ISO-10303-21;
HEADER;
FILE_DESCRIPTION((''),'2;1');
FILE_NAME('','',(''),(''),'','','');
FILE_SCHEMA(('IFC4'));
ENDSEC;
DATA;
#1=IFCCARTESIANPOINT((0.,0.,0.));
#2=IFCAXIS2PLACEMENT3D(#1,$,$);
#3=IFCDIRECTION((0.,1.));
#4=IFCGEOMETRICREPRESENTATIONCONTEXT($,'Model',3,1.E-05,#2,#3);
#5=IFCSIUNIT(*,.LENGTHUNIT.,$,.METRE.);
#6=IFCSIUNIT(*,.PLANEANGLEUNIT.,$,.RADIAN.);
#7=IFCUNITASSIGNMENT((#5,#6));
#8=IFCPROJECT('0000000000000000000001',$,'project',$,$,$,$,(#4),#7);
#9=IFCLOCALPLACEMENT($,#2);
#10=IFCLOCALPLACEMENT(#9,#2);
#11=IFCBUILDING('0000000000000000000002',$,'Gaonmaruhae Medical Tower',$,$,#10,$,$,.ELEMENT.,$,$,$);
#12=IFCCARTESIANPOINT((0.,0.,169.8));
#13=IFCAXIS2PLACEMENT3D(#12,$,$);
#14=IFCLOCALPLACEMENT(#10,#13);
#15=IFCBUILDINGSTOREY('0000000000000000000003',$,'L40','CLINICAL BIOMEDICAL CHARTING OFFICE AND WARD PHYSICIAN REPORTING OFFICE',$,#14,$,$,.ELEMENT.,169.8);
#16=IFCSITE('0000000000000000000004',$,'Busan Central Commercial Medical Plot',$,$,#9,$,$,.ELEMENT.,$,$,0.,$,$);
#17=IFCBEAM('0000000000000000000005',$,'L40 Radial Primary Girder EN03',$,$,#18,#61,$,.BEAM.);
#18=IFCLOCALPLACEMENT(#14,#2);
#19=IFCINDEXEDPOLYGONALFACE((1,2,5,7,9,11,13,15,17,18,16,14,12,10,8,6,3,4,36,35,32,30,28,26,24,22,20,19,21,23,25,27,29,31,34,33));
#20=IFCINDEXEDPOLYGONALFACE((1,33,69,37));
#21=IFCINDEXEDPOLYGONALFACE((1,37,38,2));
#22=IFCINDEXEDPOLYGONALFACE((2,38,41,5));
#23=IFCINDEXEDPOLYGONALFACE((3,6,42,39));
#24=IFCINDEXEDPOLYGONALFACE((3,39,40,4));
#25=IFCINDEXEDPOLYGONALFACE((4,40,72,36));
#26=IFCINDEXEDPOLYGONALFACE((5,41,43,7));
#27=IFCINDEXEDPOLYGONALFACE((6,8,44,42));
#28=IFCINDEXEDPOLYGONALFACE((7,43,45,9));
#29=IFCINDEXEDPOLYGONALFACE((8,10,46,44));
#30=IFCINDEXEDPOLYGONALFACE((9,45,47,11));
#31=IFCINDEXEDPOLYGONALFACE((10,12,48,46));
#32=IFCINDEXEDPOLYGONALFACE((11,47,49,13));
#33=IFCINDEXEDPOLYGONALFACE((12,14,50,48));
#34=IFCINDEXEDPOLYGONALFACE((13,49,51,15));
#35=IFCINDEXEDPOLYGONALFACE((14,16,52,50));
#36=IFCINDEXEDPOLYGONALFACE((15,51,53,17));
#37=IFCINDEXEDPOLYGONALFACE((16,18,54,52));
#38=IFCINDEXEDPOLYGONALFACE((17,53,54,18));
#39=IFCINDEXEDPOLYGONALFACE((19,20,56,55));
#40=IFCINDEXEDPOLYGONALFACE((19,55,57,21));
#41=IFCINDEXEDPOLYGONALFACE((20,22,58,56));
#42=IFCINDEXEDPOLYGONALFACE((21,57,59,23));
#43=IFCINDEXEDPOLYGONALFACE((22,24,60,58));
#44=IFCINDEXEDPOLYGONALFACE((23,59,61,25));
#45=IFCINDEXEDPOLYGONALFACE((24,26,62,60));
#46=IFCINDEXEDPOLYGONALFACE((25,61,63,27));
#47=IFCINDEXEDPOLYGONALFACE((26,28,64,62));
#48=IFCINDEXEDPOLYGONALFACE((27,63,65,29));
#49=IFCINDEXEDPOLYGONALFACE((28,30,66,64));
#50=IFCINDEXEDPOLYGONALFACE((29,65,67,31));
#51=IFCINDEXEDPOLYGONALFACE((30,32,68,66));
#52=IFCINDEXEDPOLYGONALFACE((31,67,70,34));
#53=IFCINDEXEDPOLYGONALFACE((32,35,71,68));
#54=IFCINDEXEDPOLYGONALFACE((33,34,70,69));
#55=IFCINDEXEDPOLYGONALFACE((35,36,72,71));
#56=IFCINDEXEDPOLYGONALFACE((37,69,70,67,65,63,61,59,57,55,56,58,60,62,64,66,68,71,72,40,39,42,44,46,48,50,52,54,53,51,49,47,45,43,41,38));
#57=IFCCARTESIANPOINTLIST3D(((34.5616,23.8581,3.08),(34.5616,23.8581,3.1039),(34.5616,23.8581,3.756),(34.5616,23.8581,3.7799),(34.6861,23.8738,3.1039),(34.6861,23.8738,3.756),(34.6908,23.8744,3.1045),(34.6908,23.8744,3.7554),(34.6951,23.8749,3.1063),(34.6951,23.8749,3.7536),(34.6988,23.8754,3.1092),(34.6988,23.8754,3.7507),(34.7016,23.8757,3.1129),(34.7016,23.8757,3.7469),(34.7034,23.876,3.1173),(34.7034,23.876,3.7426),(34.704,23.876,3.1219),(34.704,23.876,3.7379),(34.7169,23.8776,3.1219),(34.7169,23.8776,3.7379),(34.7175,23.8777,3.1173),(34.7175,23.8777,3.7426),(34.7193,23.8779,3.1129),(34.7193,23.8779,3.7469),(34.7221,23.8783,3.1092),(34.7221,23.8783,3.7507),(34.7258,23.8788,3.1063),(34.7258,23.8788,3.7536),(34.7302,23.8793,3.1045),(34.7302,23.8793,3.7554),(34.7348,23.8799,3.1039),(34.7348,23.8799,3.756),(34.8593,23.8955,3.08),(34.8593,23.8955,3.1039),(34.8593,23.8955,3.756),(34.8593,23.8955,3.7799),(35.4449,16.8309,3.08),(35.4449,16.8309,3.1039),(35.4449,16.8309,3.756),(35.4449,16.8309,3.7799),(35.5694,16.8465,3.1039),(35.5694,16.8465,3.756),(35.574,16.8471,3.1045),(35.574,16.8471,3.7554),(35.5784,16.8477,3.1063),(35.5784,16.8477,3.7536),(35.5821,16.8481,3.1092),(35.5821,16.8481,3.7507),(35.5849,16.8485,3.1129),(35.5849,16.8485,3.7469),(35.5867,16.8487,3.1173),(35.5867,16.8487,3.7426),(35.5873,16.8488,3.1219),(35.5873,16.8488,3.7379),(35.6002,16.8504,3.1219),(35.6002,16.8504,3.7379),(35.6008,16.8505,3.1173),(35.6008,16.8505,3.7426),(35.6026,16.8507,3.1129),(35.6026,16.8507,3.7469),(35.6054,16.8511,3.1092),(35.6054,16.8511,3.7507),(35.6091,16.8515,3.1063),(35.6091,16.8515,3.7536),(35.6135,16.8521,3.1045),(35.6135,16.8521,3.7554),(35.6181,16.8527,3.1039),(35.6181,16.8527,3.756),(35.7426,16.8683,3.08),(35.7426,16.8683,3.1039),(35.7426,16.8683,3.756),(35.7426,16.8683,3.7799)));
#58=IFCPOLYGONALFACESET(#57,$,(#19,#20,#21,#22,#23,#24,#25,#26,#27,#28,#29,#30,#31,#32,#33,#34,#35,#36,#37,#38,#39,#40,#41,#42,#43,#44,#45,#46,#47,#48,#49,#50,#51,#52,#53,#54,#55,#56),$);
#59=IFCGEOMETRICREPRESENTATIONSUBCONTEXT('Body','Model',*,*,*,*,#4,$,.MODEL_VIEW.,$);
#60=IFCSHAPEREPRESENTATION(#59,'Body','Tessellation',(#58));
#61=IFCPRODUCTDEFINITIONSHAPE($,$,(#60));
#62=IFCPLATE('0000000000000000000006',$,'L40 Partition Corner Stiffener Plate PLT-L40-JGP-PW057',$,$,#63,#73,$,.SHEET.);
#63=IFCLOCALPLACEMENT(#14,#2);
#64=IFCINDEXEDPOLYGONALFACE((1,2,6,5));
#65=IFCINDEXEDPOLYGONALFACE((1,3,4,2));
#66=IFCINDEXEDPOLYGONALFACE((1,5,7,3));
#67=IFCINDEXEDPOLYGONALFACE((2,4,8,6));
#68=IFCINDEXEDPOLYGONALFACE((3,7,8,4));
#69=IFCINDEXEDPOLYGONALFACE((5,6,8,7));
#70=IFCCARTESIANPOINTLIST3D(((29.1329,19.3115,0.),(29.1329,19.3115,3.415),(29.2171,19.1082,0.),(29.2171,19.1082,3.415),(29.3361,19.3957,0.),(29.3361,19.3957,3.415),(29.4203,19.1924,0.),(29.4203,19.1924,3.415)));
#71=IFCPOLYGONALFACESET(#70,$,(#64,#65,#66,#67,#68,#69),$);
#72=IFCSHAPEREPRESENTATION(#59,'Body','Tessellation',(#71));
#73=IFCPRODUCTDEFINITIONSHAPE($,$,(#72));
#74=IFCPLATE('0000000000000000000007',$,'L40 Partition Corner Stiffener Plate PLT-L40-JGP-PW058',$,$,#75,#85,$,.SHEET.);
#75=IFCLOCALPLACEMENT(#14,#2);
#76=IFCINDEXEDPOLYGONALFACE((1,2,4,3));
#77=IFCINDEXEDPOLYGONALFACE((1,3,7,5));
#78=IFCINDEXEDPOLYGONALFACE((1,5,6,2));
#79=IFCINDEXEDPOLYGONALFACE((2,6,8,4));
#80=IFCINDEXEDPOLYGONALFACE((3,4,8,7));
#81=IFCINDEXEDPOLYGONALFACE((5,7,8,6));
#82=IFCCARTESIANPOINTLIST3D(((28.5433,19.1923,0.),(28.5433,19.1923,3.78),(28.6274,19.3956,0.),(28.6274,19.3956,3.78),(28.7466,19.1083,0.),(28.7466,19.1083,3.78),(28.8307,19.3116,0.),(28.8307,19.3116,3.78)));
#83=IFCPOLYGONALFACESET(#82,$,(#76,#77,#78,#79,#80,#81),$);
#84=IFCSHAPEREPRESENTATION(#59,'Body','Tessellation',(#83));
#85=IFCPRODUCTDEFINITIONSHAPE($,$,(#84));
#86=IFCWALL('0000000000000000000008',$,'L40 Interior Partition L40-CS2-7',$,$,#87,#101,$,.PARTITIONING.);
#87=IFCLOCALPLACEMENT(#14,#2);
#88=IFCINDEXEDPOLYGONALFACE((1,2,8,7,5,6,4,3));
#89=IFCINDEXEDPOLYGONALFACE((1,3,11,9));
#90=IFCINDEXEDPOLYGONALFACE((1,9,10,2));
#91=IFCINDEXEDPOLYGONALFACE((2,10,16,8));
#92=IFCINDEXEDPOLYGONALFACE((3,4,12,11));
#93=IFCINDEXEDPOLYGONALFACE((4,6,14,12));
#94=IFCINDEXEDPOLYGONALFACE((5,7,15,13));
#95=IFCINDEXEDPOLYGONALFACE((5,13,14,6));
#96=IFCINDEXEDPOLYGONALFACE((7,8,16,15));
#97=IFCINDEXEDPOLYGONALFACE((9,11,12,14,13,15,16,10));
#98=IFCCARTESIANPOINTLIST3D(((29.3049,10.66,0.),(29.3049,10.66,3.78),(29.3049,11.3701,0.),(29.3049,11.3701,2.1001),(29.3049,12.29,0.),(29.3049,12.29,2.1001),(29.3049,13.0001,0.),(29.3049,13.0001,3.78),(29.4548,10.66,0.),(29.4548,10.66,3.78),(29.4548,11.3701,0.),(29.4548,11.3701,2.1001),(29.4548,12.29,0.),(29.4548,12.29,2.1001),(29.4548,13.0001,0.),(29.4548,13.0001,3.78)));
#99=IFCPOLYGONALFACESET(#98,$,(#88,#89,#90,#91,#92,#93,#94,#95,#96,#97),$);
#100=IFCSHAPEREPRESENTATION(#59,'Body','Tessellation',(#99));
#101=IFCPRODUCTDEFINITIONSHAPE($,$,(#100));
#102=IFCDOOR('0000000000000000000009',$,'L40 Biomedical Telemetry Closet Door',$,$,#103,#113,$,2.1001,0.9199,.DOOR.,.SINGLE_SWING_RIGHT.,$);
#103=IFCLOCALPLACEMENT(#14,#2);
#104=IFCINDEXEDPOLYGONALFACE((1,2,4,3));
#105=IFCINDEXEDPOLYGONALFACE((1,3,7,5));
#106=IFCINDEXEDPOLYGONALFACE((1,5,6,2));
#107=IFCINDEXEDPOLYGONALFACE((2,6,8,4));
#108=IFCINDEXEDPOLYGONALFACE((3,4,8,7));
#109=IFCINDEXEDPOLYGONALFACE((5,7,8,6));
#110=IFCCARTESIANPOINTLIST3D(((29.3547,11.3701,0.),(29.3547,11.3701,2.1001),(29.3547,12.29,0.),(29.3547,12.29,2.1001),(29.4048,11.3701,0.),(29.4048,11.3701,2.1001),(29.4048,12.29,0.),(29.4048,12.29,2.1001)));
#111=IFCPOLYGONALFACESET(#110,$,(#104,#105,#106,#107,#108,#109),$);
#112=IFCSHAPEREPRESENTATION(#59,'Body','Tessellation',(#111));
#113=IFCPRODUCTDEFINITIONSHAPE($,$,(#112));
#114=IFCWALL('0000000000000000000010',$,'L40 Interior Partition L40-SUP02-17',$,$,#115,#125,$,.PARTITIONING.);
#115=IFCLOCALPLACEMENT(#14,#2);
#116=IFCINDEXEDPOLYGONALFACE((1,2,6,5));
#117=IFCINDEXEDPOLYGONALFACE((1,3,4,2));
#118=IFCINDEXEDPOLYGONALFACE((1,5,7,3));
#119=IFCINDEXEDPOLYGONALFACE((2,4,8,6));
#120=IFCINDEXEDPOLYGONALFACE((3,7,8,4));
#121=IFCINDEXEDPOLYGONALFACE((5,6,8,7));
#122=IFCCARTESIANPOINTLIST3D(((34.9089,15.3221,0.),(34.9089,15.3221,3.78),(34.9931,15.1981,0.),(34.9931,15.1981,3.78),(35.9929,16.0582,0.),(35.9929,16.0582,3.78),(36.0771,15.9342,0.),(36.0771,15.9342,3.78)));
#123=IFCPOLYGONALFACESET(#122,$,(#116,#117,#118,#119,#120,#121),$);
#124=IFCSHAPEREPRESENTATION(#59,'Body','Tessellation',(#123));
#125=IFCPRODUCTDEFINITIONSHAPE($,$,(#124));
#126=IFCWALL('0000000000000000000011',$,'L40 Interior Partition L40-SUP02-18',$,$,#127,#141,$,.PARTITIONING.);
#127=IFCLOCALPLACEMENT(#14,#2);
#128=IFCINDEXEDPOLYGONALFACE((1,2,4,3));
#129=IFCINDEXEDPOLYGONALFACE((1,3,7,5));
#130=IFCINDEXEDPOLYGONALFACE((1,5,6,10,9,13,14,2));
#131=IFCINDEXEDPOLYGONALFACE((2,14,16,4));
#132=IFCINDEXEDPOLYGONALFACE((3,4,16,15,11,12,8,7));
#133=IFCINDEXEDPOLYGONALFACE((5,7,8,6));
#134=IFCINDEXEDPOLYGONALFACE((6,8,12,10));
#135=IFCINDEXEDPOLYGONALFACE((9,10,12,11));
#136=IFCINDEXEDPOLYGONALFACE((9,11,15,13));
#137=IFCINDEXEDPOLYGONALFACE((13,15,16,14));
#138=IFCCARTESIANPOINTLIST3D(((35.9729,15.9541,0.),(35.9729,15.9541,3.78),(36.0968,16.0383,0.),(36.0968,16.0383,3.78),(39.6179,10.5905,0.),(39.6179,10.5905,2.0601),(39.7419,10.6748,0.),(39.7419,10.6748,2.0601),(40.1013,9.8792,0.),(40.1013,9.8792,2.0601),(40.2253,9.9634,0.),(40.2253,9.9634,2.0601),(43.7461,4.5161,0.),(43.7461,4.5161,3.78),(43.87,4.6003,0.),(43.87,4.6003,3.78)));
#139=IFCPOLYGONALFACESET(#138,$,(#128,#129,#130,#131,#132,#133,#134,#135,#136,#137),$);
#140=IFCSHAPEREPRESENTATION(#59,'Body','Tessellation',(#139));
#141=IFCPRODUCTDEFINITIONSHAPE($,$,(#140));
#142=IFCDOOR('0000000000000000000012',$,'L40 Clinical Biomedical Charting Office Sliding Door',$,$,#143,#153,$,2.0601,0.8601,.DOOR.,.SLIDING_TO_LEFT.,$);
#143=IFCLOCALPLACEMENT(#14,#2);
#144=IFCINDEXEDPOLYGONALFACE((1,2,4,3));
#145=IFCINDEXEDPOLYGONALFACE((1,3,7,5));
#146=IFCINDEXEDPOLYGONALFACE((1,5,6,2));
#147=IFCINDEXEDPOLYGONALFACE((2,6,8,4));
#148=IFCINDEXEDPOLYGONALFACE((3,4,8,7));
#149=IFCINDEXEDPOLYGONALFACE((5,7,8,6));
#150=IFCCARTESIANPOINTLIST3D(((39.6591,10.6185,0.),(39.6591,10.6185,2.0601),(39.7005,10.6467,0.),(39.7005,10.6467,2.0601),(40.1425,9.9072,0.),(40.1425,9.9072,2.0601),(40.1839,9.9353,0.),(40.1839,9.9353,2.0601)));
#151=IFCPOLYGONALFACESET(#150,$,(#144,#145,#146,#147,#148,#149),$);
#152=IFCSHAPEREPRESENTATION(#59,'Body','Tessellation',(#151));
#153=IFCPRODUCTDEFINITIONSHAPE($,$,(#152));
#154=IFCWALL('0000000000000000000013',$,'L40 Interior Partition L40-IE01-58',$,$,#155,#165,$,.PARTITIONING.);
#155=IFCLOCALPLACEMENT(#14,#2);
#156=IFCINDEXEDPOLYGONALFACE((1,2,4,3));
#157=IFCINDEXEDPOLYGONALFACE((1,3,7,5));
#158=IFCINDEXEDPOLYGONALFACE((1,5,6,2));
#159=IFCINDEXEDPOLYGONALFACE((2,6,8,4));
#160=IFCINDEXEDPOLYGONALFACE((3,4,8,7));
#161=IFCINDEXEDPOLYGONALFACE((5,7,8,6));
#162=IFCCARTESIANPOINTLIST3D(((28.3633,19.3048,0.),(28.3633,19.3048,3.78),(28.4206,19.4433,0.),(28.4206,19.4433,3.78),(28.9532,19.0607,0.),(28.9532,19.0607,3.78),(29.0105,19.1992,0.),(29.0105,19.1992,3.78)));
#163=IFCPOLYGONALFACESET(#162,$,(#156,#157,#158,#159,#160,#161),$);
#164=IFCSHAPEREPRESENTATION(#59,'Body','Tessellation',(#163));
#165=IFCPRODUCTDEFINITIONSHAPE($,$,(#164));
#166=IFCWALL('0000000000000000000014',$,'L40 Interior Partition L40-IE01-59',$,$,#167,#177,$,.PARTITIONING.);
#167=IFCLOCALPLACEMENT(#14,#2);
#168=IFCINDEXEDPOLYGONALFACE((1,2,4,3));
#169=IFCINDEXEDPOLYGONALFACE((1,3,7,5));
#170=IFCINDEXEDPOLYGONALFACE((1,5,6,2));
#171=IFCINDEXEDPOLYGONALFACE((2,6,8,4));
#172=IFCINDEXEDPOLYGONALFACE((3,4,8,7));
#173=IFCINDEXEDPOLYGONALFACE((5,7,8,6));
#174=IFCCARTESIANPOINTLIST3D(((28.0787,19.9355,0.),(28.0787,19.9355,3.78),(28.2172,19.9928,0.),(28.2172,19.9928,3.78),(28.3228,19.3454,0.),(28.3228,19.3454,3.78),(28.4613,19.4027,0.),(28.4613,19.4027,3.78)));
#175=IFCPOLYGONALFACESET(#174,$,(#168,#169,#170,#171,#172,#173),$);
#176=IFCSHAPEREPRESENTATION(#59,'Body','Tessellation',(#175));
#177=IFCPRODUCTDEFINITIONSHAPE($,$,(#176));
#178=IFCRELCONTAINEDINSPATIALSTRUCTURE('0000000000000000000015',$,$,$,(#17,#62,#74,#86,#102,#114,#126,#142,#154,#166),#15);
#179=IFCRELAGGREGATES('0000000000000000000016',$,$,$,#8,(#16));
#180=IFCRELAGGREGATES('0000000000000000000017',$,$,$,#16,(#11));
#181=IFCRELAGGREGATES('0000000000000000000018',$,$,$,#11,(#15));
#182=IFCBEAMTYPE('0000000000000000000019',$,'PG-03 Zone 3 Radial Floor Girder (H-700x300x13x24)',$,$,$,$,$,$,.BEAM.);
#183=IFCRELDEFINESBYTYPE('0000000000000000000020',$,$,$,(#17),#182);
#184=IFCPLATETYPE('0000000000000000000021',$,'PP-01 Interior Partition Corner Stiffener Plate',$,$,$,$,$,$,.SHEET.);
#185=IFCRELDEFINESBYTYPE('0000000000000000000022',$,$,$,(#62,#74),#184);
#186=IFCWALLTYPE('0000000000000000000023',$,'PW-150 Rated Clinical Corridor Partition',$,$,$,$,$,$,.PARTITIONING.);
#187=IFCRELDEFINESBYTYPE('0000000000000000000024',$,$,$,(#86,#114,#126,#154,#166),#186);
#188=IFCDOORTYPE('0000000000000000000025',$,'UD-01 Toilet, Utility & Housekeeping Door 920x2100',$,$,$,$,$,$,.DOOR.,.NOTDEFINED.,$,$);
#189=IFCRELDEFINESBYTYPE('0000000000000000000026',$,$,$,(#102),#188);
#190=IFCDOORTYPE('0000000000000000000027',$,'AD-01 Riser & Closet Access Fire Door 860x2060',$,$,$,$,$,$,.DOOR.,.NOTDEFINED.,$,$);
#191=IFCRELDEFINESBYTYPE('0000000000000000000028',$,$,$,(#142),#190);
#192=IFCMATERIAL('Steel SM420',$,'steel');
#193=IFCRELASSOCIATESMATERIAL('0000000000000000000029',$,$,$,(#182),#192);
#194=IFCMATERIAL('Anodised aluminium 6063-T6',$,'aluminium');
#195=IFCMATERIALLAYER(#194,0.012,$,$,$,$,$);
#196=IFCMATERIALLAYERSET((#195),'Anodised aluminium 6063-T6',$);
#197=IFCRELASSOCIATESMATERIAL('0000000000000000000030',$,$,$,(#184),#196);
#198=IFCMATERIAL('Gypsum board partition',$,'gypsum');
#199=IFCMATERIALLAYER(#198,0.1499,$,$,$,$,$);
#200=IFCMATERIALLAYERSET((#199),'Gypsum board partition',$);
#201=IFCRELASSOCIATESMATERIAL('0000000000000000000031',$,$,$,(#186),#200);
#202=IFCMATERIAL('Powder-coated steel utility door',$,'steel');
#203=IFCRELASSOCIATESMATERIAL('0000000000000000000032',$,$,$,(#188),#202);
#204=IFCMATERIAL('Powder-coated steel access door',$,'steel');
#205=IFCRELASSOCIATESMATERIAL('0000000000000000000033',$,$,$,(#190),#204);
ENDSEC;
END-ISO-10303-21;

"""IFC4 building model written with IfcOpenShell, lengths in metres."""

from ifc_helpers import new_model, si_unit, direction, frame, frame_2d, origin, origin_2d, place, context, subcontext, project, spatial, rectangle, i_section, extrude, material, layer, layer_set, material_profile, profile_set, type_object, element, fill, save


model = new_model("IFC4")

# Units and contexts
model_context = context("Model", 3, precision=1e-05, world=origin(), true_north=direction((0.0, 1.0)))
body_context = subcontext(model_context, "Body", "Model", "MODEL_VIEW")
ifc_project = project(units=[si_unit("LENGTHUNIT", "METRE"), si_unit("PLANEANGLEUNIT", "RADIAN")], contexts=[model_context])

# Site, building, storey
site_placement = place(None, origin())
site = spatial("IfcSite", under=ifc_project, at=site_placement, Name="Busan Central Commercial Medical Plot", CompositionType="ELEMENT", RefElevation=0.0)
building_placement = place(site_placement, origin())
building = spatial("IfcBuilding", under=site, at=building_placement, Name="Gaonmaruhae Medical Tower", CompositionType="ELEMENT")
storey_placement = place(building_placement, frame((0.0, 0.0, 169.8)))
storey = spatial("IfcBuildingStorey", under=building, at=storey_placement, Name="L40", Description="CLINICAL BIOMEDICAL CHARTING OFFICE AND WARD PHYSICIAN REPORTING OFFICE", CompositionType="ELEMENT", Elevation=169.8)

# Beam
ifc_material_1 = material(Name="Steel SM420", Category="steel")
ifc_material_profile_1 = material_profile(ifc_material_1, i_section(OverallWidth=0.3, OverallDepth=0.7, WebThickness=0.0129, FlangeThickness=0.0239, FilletRadius=0.0181, at=origin_2d()), Name="H-700x300x13x24")
ifc_profile_set_1 = profile_set([ifc_material_profile_1], Name="Steel SM420")
beam_type = type_object("IfcBeamType", Name="PG-03 Zone 3 Radial Floor Girder (H-700x300x13x24)", PredefinedType="BEAM", material=ifc_profile_set_1)
beam_1_placement = place(storey_placement, frame((35.5938, 16.8496, 3.4299), z_axis=(-0.124714, 0.992193, 0.0), x_axis=(-0.992193, -0.124714, 0.0)))
element("IfcBeam", 1, at=beam_1_placement, inside=storey, type_object=beam_type, Name="L40 Radial Primary Girder EN03", PredefinedType="BEAM", context=body_context, shape_type="SweptSolid", body=[
    extrude(i_section(OverallWidth=0.3, OverallDepth=0.7, WebThickness=0.0129, FlangeThickness=0.0239, FilletRadius=0.0181, at=origin_2d()), origin(), (0.0, 0.0, 1.0), 7.0825),
])

# Plates
ifc_material_2 = material(Name="Anodised aluminium 6063-T6", Category="aluminium")
ifc_layer_1 = layer(ifc_material_2, 0.012)
ifc_layer_set_1 = layer_set([ifc_layer_1], Name="Anodised aluminium 6063-T6")
plate_type = type_object("IfcPlateType", Name="PP-01 Interior Partition Corner Stiffener Plate", PredefinedType="SHEET", material=ifc_layer_set_1)
plate_1_placement = place(storey_placement, frame((29.2766, 19.252, 0.0), z_axis=(0.0, 0.0, 1.0), x_axis=(-0.923866, -0.382716, 0.0)))
element("IfcPlate", 2, at=plate_1_placement, inside=storey, type_object=plate_type, Name="L40 Partition Corner Stiffener Plate PLT-L40-JGP-PW057", PredefinedType="SHEET", context=body_context, shape_type="SweptSolid", body=[
    extrude(rectangle(XDim=0.22, YDim=0.22, at=origin_2d()), origin(), (0.0, 0.0, 1.0), 3.415),
])
plate_2_placement = place(storey_placement, frame((28.687, 19.252, 0.0), z_axis=(0.0, 0.0, 1.0), x_axis=(-0.924093, 0.382167, 0.0)))
element("IfcPlate", 3, at=plate_2_placement, inside=storey, type_object=plate_type, Name="L40 Partition Corner Stiffener Plate PLT-L40-JGP-PW058", PredefinedType="SHEET", context=body_context, shape_type="SweptSolid", body=[
    extrude(rectangle(XDim=0.22, YDim=0.22, at=origin_2d()), origin(), (0.0, 0.0, 1.0), 3.78),
])

# Wall, opening, door
ifc_material_3 = material(Name="Gypsum board partition", Category="gypsum")
ifc_layer_2 = layer(ifc_material_3, 0.1499)
ifc_layer_set_2 = layer_set([ifc_layer_2], Name="Gypsum board partition")
wall_type_1 = type_object("IfcWallType", Name="PW-150 Rated Clinical Corridor Partition", PredefinedType="PARTITIONING", material=ifc_layer_set_2)
wall_1_placement = place(storey_placement, frame((29.3799, 13.0, 0.0), z_axis=(0.0, 0.0, 1.0), x_axis=(0.0, -1.0, 0.0)))
wall_1 = element("IfcWall", 4, at=wall_1_placement, inside=storey, type_object=wall_type_1, Name="L40 Interior Partition L40-CS2-7", PredefinedType="PARTITIONING", context=body_context, shape_type="SweptSolid", body=[
    extrude(rectangle(XDim=2.3401, YDim=0.1499, at=frame_2d((1.1699, 0.0))), origin(), (0.0, 0.0, 1.0), 3.78),
])
opening_1_placement = place(wall_1_placement, frame((0.71, 0.0, 0.0)))
opening_1 = element("IfcOpeningElement", 5, at=opening_1_placement, cuts=wall_1, PredefinedType="OPENING", context=body_context, shape_type="SweptSolid", body=[
    extrude(rectangle(XDim=0.9199, YDim=2.1001, at=frame_2d((0.46, 1.05))), frame((0.0, 0.085, 0.0), z_axis=(0.0, -1.0, 0.0), x_axis=(1.0, 0.0, 0.0)), (0.0, 0.0, 1.0), 0.1699),
])
ifc_material_4 = material(Name="Powder-coated steel utility door", Category="steel")
door_type_1 = type_object("IfcDoorType", Name="UD-01 Toilet, Utility & Housekeeping Door 920x2100", OperationType="NOTDEFINED", PredefinedType="DOOR", material=ifc_material_4)
door_1_placement = place(opening_1_placement, origin())
door_1 = element("IfcDoor", 6, at=door_1_placement, inside=storey, type_object=door_type_1, Name="L40 Biomedical Telemetry Closet Door", OperationType="SINGLE_SWING_RIGHT", OverallHeight=2.1001, OverallWidth=0.9199, PredefinedType="DOOR", context=body_context, shape_type="SweptSolid", body=[
    extrude(rectangle(XDim=0.9199, YDim=2.1001, at=frame_2d((0.46, 1.05))), frame((0.0, 0.0249, 0.0), z_axis=(0.0, -1.0, 0.0), x_axis=(1.0, 0.0, 0.0)), (0.0, 0.0, 1.0), 0.05),
])
fill(opening_1, door_1)

# Wall
wall_2_placement = place(storey_placement, frame((34.9509, 15.26, 0.0), z_axis=(0.0, 0.0, 1.0), x_axis=(0.82729, 0.561775, 0.0)))
element("IfcWall", 7, at=wall_2_placement, inside=storey, type_object=wall_type_1, Name="L40 Interior Partition L40-SUP02-17", PredefinedType="PARTITIONING", context=body_context, shape_type="SweptSolid", body=[
    extrude(rectangle(XDim=1.3103, YDim=0.1499, at=frame_2d((0.6553, 0.0))), origin(), (0.0, 0.0, 1.0), 3.78),
])

# Wall, opening, door
wall_3_placement = place(storey_placement, frame((36.0349, 15.9961, 0.0), z_axis=(0.0, 0.0, 1.0), x_axis=(0.562081, -0.827082, 0.0)))
wall_3 = element("IfcWall", 8, at=wall_3_placement, inside=storey, type_object=wall_type_1, Name="L40 Interior Partition L40-SUP02-18", PredefinedType="PARTITIONING", context=body_context, shape_type="SweptSolid", body=[
    extrude(rectangle(XDim=13.8293, YDim=0.1499, at=frame_2d((6.9146, 0.0))), origin(), (0.0, 0.0, 1.0), 3.78),
])
opening_2_placement = place(wall_3_placement, frame((6.4846, 0.0, 0.0)))
opening_2 = element("IfcOpeningElement", 9, at=opening_2_placement, cuts=wall_3, PredefinedType="OPENING", context=body_context, shape_type="SweptSolid", body=[
    extrude(rectangle(XDim=0.8601, YDim=2.0601, at=frame_2d((0.4302, 1.03))), frame((0.0, 0.085, 0.0), z_axis=(0.0, -1.0, 0.0), x_axis=(1.0, 0.0, 0.0)), (0.0, 0.0, 1.0), 0.1699),
])
ifc_material_5 = material(Name="Powder-coated steel access door", Category="steel")
door_type_2 = type_object("IfcDoorType", Name="AD-01 Riser & Closet Access Fire Door 860x2060", OperationType="NOTDEFINED", PredefinedType="DOOR", material=ifc_material_5)
door_2_placement = place(opening_2_placement, origin())
door_2 = element("IfcDoor", 10, at=door_2_placement, inside=storey, type_object=door_type_2, Name="L40 Clinical Biomedical Charting Office Sliding Door", OperationType="SLIDING_TO_LEFT", OverallHeight=2.0601, OverallWidth=0.8601, PredefinedType="DOOR", context=body_context, shape_type="SweptSolid", body=[
    extrude(rectangle(XDim=0.8601, YDim=2.0601, at=frame_2d((0.4302, 1.03))), frame((0.0, 0.0249, 0.0), z_axis=(0.0, -1.0, 0.0), x_axis=(1.0, 0.0, 0.0)), (0.0, 0.0, 1.0), 0.05),
])
fill(opening_2, door_2)

# Walls
wall_4_placement = place(storey_placement, frame((28.9819, 19.1299, 0.0), z_axis=(0.0, 0.0, 1.0), x_axis=(-0.92398, 0.382442, 0.0)))
element("IfcWall", 11, at=wall_4_placement, inside=storey, type_object=wall_type_1, Name="L40 Interior Partition L40-IE01-58", PredefinedType="PARTITIONING", context=body_context, shape_type="SweptSolid", body=[
    extrude(rectangle(XDim=0.6384, YDim=0.1499, at=frame_2d((0.3193, 0.0))), origin(), (0.0, 0.0, 1.0), 3.78),
])
wall_5_placement = place(storey_placement, frame((28.3921, 19.374, 0.0), z_axis=(0.0, 0.0, 1.0), x_axis=(-0.382307, 0.924035, 0.0)))
element("IfcWall", 12, at=wall_5_placement, inside=storey, type_object=wall_type_1, Name="L40 Interior Partition L40-IE01-59", PredefinedType="PARTITIONING", context=body_context, shape_type="SweptSolid", body=[
    extrude(rectangle(XDim=0.6387, YDim=0.1499, at=frame_2d((0.3193, 0.0))), origin(), (0.0, 0.0, 1.0), 3.78),
])

save(model, "model.ifc")
